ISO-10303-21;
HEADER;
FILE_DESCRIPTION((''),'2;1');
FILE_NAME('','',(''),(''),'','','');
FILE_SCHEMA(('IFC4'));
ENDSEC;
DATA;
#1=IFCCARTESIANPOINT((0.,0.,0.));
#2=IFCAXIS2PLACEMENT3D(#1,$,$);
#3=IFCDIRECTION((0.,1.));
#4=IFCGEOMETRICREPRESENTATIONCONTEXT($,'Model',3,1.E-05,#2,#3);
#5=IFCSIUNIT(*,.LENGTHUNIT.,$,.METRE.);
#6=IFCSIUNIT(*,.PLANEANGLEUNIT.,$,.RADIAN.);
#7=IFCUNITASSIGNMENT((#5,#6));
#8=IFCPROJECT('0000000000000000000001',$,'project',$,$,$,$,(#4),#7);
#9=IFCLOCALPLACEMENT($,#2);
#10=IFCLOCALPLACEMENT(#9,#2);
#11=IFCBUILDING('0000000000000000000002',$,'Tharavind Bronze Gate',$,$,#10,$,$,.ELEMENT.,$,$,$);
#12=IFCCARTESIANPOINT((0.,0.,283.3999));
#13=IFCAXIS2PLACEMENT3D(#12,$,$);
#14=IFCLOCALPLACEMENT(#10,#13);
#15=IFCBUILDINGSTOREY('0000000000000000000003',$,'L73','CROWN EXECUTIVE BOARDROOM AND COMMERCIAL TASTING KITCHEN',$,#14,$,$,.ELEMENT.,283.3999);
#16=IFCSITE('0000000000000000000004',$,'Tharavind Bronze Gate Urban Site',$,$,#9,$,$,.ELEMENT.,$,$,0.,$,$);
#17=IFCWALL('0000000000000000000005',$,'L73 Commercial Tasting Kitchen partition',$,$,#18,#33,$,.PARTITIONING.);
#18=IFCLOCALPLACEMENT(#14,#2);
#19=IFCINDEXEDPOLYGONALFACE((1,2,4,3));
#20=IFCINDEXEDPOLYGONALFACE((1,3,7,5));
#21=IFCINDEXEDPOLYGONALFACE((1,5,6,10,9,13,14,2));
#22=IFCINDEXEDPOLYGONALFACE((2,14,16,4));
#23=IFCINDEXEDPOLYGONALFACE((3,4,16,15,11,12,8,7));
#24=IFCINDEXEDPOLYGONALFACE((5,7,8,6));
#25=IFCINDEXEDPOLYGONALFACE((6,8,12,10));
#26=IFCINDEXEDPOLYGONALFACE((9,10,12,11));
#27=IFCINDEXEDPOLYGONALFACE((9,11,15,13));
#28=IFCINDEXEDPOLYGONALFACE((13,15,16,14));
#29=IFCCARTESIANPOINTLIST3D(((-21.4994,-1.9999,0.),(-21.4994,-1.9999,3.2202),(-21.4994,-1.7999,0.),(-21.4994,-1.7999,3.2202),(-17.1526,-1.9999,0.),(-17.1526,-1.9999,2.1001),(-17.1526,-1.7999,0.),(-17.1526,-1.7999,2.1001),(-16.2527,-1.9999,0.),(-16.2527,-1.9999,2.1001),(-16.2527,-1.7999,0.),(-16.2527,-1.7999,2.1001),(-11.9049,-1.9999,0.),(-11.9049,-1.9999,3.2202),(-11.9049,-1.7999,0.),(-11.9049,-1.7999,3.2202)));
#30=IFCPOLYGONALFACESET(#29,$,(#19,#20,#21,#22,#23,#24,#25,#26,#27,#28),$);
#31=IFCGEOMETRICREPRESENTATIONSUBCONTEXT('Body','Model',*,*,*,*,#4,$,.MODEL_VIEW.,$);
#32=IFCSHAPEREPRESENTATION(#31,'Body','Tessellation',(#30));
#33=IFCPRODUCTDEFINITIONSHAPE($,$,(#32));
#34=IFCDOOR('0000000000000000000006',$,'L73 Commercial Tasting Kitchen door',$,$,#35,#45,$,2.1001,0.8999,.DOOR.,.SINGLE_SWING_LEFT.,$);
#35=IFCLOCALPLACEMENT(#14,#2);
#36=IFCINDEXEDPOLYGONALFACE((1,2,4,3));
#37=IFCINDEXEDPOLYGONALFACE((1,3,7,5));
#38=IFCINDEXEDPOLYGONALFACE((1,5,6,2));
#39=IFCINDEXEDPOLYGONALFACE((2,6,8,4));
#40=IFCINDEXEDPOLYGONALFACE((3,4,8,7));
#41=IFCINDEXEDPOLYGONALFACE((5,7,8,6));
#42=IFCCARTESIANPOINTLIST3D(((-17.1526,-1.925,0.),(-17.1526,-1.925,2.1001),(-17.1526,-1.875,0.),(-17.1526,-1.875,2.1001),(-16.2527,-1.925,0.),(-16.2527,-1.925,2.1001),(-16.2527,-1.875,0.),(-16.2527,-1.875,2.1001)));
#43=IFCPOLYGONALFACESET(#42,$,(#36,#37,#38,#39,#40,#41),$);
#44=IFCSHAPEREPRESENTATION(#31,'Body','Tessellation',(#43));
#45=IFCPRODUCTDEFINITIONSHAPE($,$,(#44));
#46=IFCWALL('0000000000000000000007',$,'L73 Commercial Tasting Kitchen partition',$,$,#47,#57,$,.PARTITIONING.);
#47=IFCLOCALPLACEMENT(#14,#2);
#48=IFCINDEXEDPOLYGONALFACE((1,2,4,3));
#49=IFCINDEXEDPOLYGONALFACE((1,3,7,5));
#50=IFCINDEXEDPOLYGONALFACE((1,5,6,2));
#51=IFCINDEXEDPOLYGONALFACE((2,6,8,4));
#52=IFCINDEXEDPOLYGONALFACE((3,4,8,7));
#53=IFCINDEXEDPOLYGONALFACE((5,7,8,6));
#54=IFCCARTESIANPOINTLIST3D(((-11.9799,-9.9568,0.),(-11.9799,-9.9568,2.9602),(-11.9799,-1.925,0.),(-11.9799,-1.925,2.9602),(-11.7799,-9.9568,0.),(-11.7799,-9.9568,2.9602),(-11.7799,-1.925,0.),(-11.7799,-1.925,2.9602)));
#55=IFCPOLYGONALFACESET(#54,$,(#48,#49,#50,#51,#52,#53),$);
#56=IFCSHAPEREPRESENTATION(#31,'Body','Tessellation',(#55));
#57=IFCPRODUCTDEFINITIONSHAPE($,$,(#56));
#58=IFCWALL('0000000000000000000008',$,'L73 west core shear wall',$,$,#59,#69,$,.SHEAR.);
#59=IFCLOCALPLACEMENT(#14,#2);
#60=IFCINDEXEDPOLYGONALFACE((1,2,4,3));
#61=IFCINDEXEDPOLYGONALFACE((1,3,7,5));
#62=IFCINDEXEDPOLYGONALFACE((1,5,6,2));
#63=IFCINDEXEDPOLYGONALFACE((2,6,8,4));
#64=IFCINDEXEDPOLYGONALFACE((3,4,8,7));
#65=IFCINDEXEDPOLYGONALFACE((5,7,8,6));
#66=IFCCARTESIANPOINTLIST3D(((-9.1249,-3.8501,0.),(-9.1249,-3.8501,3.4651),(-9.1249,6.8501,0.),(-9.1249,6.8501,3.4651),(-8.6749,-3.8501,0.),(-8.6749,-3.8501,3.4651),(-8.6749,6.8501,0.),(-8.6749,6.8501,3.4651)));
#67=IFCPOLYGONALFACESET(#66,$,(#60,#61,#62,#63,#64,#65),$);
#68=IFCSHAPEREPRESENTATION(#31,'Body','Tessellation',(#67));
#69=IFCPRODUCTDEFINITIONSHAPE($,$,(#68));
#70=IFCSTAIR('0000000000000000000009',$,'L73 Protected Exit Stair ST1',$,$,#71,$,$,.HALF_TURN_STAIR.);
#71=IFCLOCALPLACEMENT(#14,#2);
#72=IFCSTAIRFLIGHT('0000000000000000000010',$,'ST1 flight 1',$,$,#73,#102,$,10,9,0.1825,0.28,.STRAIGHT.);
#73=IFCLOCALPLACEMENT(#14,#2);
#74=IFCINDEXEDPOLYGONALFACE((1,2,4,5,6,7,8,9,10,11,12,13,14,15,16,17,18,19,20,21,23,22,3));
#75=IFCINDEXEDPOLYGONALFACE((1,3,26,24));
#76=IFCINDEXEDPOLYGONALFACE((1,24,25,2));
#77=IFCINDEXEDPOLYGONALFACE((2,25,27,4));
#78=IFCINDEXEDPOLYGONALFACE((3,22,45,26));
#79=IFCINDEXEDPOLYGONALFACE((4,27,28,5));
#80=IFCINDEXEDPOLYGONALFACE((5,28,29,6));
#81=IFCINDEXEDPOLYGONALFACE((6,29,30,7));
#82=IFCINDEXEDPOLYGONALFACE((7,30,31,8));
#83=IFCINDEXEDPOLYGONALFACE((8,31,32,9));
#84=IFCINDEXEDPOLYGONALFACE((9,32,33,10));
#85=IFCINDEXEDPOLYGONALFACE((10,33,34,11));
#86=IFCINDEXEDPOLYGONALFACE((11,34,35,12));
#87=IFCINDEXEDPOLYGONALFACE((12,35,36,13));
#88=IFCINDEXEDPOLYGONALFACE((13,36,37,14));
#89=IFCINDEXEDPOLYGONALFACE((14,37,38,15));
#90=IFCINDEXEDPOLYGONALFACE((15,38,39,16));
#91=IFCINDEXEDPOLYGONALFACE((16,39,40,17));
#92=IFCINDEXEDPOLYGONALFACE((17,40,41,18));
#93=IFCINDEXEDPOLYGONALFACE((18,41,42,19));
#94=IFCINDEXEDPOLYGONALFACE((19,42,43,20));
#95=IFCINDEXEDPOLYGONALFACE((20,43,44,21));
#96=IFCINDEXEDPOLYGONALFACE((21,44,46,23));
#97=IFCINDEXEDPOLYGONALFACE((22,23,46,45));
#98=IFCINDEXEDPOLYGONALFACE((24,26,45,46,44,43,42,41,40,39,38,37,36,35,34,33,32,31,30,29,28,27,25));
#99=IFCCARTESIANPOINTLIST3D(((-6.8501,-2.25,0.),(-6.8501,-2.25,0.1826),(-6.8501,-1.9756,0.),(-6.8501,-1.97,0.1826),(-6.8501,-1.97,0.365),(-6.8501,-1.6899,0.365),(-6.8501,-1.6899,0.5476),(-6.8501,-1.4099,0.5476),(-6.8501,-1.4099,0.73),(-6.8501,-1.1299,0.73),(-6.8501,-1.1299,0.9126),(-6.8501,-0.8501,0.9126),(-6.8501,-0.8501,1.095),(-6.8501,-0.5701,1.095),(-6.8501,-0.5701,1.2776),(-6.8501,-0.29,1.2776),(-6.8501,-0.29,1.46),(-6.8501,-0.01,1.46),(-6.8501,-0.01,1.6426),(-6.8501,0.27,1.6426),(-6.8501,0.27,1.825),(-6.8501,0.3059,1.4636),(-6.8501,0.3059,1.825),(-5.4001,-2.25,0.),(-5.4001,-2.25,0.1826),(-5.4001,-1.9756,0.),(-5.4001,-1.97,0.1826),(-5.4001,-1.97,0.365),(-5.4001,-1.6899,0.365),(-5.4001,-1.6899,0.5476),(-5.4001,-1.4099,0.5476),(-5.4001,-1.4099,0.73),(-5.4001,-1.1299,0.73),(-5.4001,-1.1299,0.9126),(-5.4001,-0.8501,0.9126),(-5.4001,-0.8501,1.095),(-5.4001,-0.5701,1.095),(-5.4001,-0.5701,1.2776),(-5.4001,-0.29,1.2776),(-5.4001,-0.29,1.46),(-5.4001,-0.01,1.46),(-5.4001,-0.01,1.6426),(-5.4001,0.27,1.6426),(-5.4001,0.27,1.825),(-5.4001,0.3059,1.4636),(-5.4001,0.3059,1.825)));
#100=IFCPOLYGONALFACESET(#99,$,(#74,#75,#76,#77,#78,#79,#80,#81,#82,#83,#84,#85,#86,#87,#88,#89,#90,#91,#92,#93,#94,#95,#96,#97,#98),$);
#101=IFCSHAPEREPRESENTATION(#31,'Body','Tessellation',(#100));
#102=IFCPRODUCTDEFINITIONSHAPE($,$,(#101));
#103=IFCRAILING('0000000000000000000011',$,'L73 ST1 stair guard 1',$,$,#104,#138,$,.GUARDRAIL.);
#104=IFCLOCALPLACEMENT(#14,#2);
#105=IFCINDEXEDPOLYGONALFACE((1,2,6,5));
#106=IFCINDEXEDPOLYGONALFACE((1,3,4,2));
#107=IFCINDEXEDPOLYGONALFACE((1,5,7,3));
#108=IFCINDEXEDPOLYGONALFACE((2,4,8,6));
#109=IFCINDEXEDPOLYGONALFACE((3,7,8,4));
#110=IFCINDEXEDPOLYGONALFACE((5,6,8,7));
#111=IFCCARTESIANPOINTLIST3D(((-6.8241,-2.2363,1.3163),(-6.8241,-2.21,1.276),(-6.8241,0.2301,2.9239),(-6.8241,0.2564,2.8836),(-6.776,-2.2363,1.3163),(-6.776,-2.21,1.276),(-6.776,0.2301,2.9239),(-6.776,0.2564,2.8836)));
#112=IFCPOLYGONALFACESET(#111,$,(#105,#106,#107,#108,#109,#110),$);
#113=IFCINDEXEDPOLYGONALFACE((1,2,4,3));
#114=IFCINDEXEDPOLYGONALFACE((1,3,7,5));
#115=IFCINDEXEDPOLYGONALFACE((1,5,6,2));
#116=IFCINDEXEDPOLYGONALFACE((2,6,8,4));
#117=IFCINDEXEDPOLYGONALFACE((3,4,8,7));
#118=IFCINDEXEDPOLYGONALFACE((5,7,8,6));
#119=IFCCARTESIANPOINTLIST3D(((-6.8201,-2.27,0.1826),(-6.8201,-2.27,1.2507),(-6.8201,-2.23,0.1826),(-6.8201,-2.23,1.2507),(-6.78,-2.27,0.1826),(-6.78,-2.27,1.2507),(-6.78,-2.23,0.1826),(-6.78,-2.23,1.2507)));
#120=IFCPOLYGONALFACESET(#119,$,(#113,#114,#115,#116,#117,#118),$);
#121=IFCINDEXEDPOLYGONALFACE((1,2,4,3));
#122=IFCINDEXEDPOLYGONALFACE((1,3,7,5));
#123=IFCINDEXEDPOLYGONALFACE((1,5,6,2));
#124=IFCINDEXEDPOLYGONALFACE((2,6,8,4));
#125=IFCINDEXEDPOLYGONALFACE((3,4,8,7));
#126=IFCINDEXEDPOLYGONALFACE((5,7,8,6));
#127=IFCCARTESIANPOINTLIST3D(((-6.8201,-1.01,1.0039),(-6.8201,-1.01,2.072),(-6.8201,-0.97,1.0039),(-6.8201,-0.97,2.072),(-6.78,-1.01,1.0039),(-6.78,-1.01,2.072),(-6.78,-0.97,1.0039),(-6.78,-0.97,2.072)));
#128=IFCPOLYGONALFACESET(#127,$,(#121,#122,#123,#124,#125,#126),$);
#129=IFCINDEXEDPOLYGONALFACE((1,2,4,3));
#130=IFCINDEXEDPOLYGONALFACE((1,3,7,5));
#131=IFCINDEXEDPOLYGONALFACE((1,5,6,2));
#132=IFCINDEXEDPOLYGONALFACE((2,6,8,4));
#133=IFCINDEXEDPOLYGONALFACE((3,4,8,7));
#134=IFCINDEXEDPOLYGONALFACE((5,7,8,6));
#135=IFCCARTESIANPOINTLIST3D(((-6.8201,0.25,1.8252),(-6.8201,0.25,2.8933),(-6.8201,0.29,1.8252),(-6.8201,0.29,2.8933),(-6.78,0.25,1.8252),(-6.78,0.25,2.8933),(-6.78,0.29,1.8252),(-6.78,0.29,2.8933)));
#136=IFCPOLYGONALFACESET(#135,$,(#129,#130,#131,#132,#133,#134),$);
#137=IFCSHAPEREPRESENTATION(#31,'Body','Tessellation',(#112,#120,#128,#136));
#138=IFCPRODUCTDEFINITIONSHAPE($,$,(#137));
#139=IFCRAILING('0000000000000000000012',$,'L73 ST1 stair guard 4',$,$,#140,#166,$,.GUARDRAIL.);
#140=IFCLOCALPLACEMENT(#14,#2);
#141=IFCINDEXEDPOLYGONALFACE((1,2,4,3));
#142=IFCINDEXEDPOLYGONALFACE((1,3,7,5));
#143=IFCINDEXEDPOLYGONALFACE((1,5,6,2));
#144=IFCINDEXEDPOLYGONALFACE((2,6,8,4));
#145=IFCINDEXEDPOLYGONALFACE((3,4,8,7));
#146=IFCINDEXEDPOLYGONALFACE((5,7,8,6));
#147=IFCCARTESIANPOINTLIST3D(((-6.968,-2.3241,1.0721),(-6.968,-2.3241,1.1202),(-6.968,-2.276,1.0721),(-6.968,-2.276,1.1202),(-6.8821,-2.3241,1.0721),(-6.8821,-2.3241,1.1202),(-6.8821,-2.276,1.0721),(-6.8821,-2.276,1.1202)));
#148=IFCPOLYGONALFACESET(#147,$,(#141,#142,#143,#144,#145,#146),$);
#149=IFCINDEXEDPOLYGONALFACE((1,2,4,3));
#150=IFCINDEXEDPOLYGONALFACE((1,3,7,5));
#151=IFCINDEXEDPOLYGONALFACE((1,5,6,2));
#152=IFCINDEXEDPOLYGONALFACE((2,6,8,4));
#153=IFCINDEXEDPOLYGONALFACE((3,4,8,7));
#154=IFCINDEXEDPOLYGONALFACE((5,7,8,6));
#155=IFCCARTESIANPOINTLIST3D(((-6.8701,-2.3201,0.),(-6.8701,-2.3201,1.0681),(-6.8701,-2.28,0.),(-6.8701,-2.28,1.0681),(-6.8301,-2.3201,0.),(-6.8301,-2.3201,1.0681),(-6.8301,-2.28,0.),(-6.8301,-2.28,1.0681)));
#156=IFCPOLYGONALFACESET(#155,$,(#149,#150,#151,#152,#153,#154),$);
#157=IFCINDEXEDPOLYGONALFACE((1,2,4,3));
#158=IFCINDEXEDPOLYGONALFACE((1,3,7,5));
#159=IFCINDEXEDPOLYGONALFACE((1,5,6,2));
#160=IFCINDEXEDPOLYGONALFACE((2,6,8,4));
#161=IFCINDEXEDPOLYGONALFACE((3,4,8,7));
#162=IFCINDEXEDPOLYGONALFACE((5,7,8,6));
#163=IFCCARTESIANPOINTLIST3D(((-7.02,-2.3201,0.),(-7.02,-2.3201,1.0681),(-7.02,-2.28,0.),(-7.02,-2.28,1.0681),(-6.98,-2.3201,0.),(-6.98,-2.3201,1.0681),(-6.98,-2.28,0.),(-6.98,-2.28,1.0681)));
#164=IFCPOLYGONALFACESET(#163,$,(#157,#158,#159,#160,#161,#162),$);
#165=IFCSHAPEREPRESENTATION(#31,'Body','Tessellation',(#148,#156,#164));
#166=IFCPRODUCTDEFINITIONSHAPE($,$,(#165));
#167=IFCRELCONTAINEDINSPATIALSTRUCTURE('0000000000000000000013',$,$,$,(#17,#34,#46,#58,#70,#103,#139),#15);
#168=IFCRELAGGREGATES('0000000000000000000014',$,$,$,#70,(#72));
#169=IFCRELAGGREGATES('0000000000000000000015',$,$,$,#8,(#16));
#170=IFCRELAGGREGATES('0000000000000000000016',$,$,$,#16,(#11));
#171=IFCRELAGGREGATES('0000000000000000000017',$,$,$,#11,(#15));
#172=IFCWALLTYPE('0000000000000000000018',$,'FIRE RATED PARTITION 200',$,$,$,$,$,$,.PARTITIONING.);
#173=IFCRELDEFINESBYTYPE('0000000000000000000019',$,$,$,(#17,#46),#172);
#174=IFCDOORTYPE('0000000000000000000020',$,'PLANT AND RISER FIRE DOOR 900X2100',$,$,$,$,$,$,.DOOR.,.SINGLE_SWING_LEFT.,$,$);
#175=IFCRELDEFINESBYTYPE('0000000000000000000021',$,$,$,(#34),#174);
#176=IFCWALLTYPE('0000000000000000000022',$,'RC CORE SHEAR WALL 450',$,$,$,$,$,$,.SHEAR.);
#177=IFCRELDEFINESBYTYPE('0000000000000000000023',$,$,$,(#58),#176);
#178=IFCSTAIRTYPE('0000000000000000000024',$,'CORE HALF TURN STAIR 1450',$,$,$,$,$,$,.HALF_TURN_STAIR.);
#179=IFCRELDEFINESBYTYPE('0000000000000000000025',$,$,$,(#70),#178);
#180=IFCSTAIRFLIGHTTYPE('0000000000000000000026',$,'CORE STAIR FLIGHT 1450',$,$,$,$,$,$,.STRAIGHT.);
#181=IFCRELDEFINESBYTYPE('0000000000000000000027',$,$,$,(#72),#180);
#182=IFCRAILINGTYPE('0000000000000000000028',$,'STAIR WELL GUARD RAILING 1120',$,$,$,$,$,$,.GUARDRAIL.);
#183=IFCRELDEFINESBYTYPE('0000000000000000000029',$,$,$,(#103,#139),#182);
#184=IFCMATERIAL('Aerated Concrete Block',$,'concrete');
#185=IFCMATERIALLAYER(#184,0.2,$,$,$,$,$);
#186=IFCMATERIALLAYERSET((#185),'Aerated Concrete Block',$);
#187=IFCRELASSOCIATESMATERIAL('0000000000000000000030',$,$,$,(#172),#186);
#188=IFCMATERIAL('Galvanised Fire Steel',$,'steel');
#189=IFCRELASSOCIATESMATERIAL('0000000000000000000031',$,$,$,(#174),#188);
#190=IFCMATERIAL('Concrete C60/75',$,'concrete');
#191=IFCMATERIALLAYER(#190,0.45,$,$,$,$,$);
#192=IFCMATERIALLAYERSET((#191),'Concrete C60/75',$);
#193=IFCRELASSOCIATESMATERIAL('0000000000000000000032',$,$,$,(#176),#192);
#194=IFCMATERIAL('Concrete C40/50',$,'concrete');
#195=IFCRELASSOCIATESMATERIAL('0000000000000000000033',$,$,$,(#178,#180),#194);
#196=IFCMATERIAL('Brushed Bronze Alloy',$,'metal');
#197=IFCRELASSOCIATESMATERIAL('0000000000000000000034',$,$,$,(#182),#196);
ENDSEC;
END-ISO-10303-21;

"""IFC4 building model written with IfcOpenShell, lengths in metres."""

from ifc_helpers import new_model, si_unit, direction, frame, frame_2d, origin, origin_2d, place, context, subcontext, project, spatial, polyline, rectangle, outline, extrude, material, layer, layer_set, type_object, element, fill, aggregate, save


model = new_model("IFC4")

# Units and contexts
model_context = context("Model", 3, precision=1e-05, world=origin(), true_north=direction((0.0, 1.0)))
body_context = subcontext(model_context, "Body", "Model", "MODEL_VIEW")
ifc_project = project(units=[si_unit("LENGTHUNIT", "METRE"), si_unit("PLANEANGLEUNIT", "RADIAN")], contexts=[model_context])

# Site, building, storey
site_placement = place(None, origin())
site = spatial("IfcSite", under=ifc_project, at=site_placement, Name="Tharavind Bronze Gate Urban Site", CompositionType="ELEMENT", RefElevation=0.0)
building_placement = place(site_placement, origin())
building = spatial("IfcBuilding", under=site, at=building_placement, Name="Tharavind Bronze Gate", CompositionType="ELEMENT")
storey_placement = place(building_placement, frame((0.0, 0.0, 283.3999)))
storey = spatial("IfcBuildingStorey", under=building, at=storey_placement, Name="L73", Description="CROWN EXECUTIVE BOARDROOM AND COMMERCIAL TASTING KITCHEN", CompositionType="ELEMENT", Elevation=283.3999)

# Wall, opening, door
ifc_material_1 = material(Name="Aerated Concrete Block", Category="concrete")
ifc_layer_1 = layer(ifc_material_1, 0.2)
ifc_layer_set_1 = layer_set([ifc_layer_1], Name="Aerated Concrete Block")
wall_type_1 = type_object("IfcWallType", Name="FIRE RATED PARTITION 200", PredefinedType="PARTITIONING", material=ifc_layer_set_1)
wall_1_placement = place(storey_placement, frame((-21.4995, -1.8999, 0.0), z_axis=(0.0, 0.0, 1.0), x_axis=(1.0, 0.0, 0.0)))
wall_1 = element("IfcWall", 1, at=wall_1_placement, inside=storey, type_object=wall_type_1, Name="L73 Commercial Tasting Kitchen partition", PredefinedType="PARTITIONING", context=body_context, shape_type="SweptSolid", body=[
    extrude(rectangle(XDim=9.5945, YDim=0.2, at=frame_2d((4.7974, 0.0))), origin(), (0.0, 0.0, 1.0), 3.2202),
])
opening_1_placement = place(wall_1_placement, frame((4.3469, 0.0, 0.0)))
opening_1 = element("IfcOpeningElement", 2, at=opening_1_placement, cuts=wall_1, PredefinedType="OPENING", context=body_context, shape_type="SweptSolid", body=[
    extrude(rectangle(XDim=0.8999, YDim=2.1001, at=frame_2d((0.45, 1.05))), frame((0.0, 0.1101, 0.0), z_axis=(0.0, -1.0, 0.0), x_axis=(1.0, 0.0, 0.0)), (0.0, 0.0, 1.0), 0.22),
])
ifc_material_2 = material(Name="Galvanised Fire Steel", Category="steel")
door_type_1 = type_object("IfcDoorType", Name="PLANT AND RISER FIRE DOOR 900X2100", OperationType="SINGLE_SWING_LEFT", PredefinedType="DOOR", material=ifc_material_2)
door_1_placement = place(opening_1_placement, origin())
door_1 = element("IfcDoor", 3, at=door_1_placement, inside=storey, type_object=door_type_1, Name="L73 Commercial Tasting Kitchen door", OperationType="SINGLE_SWING_LEFT", OverallHeight=2.1001, OverallWidth=0.8999, PredefinedType="DOOR", context=body_context, shape_type="SweptSolid", body=[
    extrude(rectangle(XDim=0.8999, YDim=2.1001, at=frame_2d((0.45, 1.05))), frame((0.0, 0.0249, 0.0), z_axis=(0.0, -1.0, 0.0), x_axis=(1.0, 0.0, 0.0)), (0.0, 0.0, 1.0), 0.05),
])
fill(opening_1, door_1)

# Wall
wall_2_placement = place(storey_placement, frame((-11.8799, -1.925, 0.0), z_axis=(0.0, 0.0, 1.0), x_axis=(0.0, -1.0, 0.0)))
element("IfcWall", 4, at=wall_2_placement, inside=storey, type_object=wall_type_1, Name="L73 Commercial Tasting Kitchen partition", PredefinedType="PARTITIONING", context=body_context, shape_type="SweptSolid", body=[
    extrude(rectangle(XDim=8.0317, YDim=0.2, at=frame_2d((4.0159, 0.0))), origin(), (0.0, 0.0, 1.0), 2.9602),
])

# Wall
ifc_material_3 = material(Name="Concrete C60/75", Category="concrete")
ifc_layer_2 = layer(ifc_material_3, 0.45)
ifc_layer_set_2 = layer_set([ifc_layer_2], Name="Concrete C60/75")
wall_type_2 = type_object("IfcWallType", Name="RC CORE SHEAR WALL 450", PredefinedType="SHEAR", material=ifc_layer_set_2)
wall_3_placement = place(storey_placement, frame((-8.8999, -3.8501, 0.0), z_axis=(0.0, 0.0, 1.0), x_axis=(0.0, 1.0, 0.0)))
element("IfcWall", 5, at=wall_3_placement, inside=storey, type_object=wall_type_2, Name="L73 west core shear wall", PredefinedType="SHEAR", context=body_context, shape_type="SweptSolid", body=[
    extrude(rectangle(XDim=10.7002, YDim=0.45, at=frame_2d((5.3501, 0.0))), origin(), (0.0, 0.0, 1.0), 3.4651),
])

# Stair, stair flight
ifc_material_4 = material(Name="Concrete C40/50", Category="concrete")
stair_type = type_object("IfcStairType", Name="CORE HALF TURN STAIR 1450", PredefinedType="HALF_TURN_STAIR", material=ifc_material_4)
stair_placement = place(storey_placement, origin())
stair = element("IfcStair", 6, at=stair_placement, inside=storey, type_object=stair_type, Name="L73 Protected Exit Stair ST1", PredefinedType="HALF_TURN_STAIR")
stair_flight_type = type_object("IfcStairFlightType", Name="CORE STAIR FLIGHT 1450", PredefinedType="STRAIGHT", material=ifc_material_4)
stair_flight_placement = place(storey_placement, frame((-6.125, -2.25, 0.0), z_axis=(0.0, 0.0, 1.0), x_axis=(0.0, 1.0, 0.0)))
stair_flight = element("IfcStairFlight", 7, at=stair_flight_placement, type_object=stair_flight_type, Name="ST1 flight 1", NumberOfRisers=10, NumberOfTreads=9, PredefinedType="STRAIGHT", RiserHeight=0.1825, TreadLength=0.28, context=body_context, shape_type="SweptSolid", body=[
    extrude(outline(polyline([(0.0, 0.0), (0.0, 0.1826), (0.28, 0.1826), (0.28, 0.365), (0.5601, 0.365), (0.5601, 0.5476), (0.8401, 0.5476), (0.8401, 0.73), (1.1201, 0.73), (1.1201, 0.9126), (1.3999, 0.9126), (1.3999, 1.095), (1.6799, 1.095), (1.6799, 1.2776), (1.96, 1.2776), (1.96, 1.46), (2.24, 1.46), (2.24, 1.6426), (2.52, 1.6426), (2.52, 1.825), (2.5559, 1.825), (2.5559, 1.4636), (0.2744, 0.0), (0.0, 0.0)])), frame((0.0, 0.7251, 0.0), z_axis=(0.0, -1.0, 0.0), x_axis=(1.0, 0.0, 0.0)), (0.0, 0.0, 1.0), 1.45),
])
aggregate(stair, [stair_flight])

# Railings
ifc_material_5 = material(Name="Brushed Bronze Alloy", Category="metal")
railing_type = type_object("IfcRailingType", Name="STAIR WELL GUARD RAILING 1120", PredefinedType="GUARDRAIL", material=ifc_material_5)
railing_1_placement = place(storey_placement, frame((-6.8, -2.25, 0.1826)))
element("IfcRailing", 8, at=railing_1_placement, inside=storey, type_object=railing_type, Name="L73 ST1 stair guard 1", PredefinedType="GUARDRAIL", context=body_context, shape_type="SweptSolid", body=[
    extrude(rectangle(XDim=0.0481, YDim=0.0481, at=origin_2d()), frame((0.0, 0.0269, 1.1135), z_axis=(0.0, 0.837749, 0.546055), x_axis=(-1.0, 0.0, 0.0)), (0.0, 0.0, 1.0), 2.9441),
    extrude(rectangle(XDim=0.04, YDim=0.04, at=origin_2d()), origin(), (0.0, 0.0, 1.0), 1.0681),
    extrude(rectangle(XDim=0.04, YDim=0.04, at=origin_2d()), frame((0.0, 1.26, 0.8213)), (0.0, 0.0, 1.0), 1.0681),
    extrude(rectangle(XDim=0.04, YDim=0.04, at=origin_2d()), frame((0.0, 2.52, 1.6426)), (0.0, 0.0, 1.0), 1.0681),
])
railing_2_placement = place(storey_placement, frame((-6.8501, -2.3, 0.0)))
element("IfcRailing", 9, at=railing_2_placement, inside=storey, type_object=railing_type, Name="L73 ST1 stair guard 4", PredefinedType="GUARDRAIL", context=body_context, shape_type="SweptSolid", body=[
    extrude(rectangle(XDim=0.0481, YDim=0.0481, at=origin_2d()), frame((-0.032, 0.0, 1.0962), z_axis=(-1.0, 0.0, 0.0), x_axis=(0.0, -1.0, 0.0)), (0.0, 0.0, 1.0), 0.0859),
    extrude(rectangle(XDim=0.04, YDim=0.04, at=origin_2d()), origin(), (0.0, 0.0, 1.0), 1.0681),
    extrude(rectangle(XDim=0.04, YDim=0.04, at=origin_2d()), frame((-0.1499, 0.0, 0.0)), (0.0, 0.0, 1.0), 1.0681),
])

save(model, "model.ifc")
